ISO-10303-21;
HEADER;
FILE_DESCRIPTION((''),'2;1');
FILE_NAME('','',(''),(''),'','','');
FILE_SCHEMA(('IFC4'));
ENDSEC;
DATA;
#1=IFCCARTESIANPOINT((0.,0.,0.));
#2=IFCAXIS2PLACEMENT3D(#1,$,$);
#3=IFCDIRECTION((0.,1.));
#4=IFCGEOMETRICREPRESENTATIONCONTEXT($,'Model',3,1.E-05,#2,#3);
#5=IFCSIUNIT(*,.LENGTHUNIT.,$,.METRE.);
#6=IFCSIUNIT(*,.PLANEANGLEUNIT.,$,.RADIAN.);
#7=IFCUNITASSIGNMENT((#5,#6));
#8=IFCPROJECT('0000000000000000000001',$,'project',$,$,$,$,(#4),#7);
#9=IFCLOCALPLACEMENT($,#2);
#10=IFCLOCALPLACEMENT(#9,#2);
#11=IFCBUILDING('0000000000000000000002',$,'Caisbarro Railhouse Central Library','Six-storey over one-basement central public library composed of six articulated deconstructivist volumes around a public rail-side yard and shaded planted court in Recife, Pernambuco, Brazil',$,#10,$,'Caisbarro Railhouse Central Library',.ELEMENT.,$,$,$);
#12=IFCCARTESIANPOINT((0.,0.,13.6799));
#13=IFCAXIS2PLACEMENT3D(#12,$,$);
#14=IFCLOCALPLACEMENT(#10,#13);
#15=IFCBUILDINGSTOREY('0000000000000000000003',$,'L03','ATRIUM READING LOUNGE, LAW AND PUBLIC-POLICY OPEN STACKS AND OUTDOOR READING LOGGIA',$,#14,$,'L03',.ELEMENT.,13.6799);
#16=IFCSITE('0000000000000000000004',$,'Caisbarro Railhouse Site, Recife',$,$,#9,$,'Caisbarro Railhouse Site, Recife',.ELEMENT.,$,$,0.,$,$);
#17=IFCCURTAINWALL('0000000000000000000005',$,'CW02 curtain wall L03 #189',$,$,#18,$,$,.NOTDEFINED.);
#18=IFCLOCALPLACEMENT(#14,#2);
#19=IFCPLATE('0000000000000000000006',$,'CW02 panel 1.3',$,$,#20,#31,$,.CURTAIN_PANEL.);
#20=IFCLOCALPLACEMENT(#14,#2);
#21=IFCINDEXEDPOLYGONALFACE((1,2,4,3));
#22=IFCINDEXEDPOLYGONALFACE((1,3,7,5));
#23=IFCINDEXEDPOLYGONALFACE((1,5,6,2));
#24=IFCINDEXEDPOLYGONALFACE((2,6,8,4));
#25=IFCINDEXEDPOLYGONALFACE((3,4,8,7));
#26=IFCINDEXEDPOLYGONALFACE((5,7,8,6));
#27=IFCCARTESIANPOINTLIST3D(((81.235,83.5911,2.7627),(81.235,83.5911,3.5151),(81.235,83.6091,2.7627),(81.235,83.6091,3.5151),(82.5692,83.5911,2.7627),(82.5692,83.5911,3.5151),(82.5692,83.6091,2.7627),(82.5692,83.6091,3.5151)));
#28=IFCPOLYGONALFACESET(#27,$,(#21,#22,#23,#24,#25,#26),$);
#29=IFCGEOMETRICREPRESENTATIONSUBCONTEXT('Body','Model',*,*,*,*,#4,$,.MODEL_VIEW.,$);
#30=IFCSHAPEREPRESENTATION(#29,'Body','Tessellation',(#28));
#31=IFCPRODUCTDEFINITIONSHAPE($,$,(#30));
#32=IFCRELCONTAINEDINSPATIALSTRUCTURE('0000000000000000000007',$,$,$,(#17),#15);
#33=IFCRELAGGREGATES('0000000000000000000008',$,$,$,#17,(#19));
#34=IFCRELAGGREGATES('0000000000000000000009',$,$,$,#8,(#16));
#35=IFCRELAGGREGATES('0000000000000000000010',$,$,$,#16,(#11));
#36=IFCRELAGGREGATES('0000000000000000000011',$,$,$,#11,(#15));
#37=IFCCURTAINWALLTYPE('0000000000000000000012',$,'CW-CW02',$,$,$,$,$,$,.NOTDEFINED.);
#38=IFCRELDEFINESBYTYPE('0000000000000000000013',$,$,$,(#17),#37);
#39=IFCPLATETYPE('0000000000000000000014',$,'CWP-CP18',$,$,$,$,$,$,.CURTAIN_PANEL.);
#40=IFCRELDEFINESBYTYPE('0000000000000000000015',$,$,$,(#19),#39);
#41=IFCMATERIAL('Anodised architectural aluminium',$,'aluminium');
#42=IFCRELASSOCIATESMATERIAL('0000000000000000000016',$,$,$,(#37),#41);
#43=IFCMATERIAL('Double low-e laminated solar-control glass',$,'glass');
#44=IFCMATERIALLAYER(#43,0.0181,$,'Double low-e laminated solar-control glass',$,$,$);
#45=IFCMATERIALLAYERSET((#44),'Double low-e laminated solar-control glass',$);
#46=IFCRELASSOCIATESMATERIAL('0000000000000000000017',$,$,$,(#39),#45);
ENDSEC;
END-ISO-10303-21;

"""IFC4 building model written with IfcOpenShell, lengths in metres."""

from ifc_helpers import new_model, si_unit, direction, frame, origin, origin_2d, place, context, subcontext, project, spatial, rectangle, extrude, material, layer, layer_set, type_object, element, aggregate, save


model = new_model("IFC4")

# Units and contexts
model_context = context("Model", 3, precision=1e-05, world=origin(), true_north=direction((0.0, 1.0)))
body_context = subcontext(model_context, "Body", "Model", "MODEL_VIEW")
ifc_project = project(units=[si_unit("LENGTHUNIT", "METRE"), si_unit("PLANEANGLEUNIT", "RADIAN")], contexts=[model_context])

# Site, building, storey
site_placement = place(None, origin())
site = spatial("IfcSite", under=ifc_project, at=site_placement, Name="Caisbarro Railhouse Site, Recife", LongName="Caisbarro Railhouse Site, Recife", CompositionType="ELEMENT", RefElevation=0.0)
building_placement = place(site_placement, origin())
building = spatial("IfcBuilding", under=site, at=building_placement, Name="Caisbarro Railhouse Central Library", Description="Six-storey over one-basement central public library composed of six articulated deconstructivist volumes around a public rail-side yard and shaded planted court in Recife, Pernambuco, Brazil", LongName="Caisbarro Railhouse Central Library", CompositionType="ELEMENT")
storey_placement = place(building_placement, frame((0.0, 0.0, 13.6799)))
storey = spatial("IfcBuildingStorey", under=building, at=storey_placement, Name="L03", Description="ATRIUM READING LOUNGE, LAW AND PUBLIC-POLICY OPEN STACKS AND OUTDOOR READING LOGGIA", LongName="L03", CompositionType="ELEMENT", Elevation=13.6799)

# Curtain wall
ifc_material_1 = material(Name="Anodised architectural aluminium", Category="aluminium")
curtain_wall_type = type_object("IfcCurtainWallType", Name="CW-CW02", PredefinedType="NOTDEFINED", material=ifc_material_1)
curtain_wall_1_placement = place(storey_placement, origin())
curtain_wall_1 = element("IfcCurtainWall", 1, at=curtain_wall_1_placement, inside=storey, type_object=curtain_wall_type, Name="CW02 curtain wall L03 #189", PredefinedType="NOTDEFINED")

# Plate
ifc_material_2 = material(Name="Double low-e laminated solar-control glass", Category="glass")
ifc_layer = layer(ifc_material_2, 0.0181, Name="Double low-e laminated solar-control glass")
ifc_layer_set = layer_set([ifc_layer], Name="Double low-e laminated solar-control glass")
plate_type = type_object("IfcPlateType", Name="CWP-CP18", PredefinedType="CURTAIN_PANEL", material=ifc_layer_set)
plate_1_placement = place(storey_placement, frame((81.9021, 83.6001, 2.7627), z_axis=(0.0, 0.0, 1.0), x_axis=(1.0, 0.0, 0.0)))
plate_1 = element("IfcPlate", 2, at=plate_1_placement, type_object=plate_type, Name="CW02 panel 1.3", PredefinedType="CURTAIN_PANEL", context=body_context, shape_type="SweptSolid", body=[
    extrude(rectangle(XDim=1.3342, YDim=0.0181, at=origin_2d()), origin(), (0.0, 0.0, 1.0), 0.7524),
])
aggregate(curtain_wall_1, [plate_1])

save(model, "model.ifc")
